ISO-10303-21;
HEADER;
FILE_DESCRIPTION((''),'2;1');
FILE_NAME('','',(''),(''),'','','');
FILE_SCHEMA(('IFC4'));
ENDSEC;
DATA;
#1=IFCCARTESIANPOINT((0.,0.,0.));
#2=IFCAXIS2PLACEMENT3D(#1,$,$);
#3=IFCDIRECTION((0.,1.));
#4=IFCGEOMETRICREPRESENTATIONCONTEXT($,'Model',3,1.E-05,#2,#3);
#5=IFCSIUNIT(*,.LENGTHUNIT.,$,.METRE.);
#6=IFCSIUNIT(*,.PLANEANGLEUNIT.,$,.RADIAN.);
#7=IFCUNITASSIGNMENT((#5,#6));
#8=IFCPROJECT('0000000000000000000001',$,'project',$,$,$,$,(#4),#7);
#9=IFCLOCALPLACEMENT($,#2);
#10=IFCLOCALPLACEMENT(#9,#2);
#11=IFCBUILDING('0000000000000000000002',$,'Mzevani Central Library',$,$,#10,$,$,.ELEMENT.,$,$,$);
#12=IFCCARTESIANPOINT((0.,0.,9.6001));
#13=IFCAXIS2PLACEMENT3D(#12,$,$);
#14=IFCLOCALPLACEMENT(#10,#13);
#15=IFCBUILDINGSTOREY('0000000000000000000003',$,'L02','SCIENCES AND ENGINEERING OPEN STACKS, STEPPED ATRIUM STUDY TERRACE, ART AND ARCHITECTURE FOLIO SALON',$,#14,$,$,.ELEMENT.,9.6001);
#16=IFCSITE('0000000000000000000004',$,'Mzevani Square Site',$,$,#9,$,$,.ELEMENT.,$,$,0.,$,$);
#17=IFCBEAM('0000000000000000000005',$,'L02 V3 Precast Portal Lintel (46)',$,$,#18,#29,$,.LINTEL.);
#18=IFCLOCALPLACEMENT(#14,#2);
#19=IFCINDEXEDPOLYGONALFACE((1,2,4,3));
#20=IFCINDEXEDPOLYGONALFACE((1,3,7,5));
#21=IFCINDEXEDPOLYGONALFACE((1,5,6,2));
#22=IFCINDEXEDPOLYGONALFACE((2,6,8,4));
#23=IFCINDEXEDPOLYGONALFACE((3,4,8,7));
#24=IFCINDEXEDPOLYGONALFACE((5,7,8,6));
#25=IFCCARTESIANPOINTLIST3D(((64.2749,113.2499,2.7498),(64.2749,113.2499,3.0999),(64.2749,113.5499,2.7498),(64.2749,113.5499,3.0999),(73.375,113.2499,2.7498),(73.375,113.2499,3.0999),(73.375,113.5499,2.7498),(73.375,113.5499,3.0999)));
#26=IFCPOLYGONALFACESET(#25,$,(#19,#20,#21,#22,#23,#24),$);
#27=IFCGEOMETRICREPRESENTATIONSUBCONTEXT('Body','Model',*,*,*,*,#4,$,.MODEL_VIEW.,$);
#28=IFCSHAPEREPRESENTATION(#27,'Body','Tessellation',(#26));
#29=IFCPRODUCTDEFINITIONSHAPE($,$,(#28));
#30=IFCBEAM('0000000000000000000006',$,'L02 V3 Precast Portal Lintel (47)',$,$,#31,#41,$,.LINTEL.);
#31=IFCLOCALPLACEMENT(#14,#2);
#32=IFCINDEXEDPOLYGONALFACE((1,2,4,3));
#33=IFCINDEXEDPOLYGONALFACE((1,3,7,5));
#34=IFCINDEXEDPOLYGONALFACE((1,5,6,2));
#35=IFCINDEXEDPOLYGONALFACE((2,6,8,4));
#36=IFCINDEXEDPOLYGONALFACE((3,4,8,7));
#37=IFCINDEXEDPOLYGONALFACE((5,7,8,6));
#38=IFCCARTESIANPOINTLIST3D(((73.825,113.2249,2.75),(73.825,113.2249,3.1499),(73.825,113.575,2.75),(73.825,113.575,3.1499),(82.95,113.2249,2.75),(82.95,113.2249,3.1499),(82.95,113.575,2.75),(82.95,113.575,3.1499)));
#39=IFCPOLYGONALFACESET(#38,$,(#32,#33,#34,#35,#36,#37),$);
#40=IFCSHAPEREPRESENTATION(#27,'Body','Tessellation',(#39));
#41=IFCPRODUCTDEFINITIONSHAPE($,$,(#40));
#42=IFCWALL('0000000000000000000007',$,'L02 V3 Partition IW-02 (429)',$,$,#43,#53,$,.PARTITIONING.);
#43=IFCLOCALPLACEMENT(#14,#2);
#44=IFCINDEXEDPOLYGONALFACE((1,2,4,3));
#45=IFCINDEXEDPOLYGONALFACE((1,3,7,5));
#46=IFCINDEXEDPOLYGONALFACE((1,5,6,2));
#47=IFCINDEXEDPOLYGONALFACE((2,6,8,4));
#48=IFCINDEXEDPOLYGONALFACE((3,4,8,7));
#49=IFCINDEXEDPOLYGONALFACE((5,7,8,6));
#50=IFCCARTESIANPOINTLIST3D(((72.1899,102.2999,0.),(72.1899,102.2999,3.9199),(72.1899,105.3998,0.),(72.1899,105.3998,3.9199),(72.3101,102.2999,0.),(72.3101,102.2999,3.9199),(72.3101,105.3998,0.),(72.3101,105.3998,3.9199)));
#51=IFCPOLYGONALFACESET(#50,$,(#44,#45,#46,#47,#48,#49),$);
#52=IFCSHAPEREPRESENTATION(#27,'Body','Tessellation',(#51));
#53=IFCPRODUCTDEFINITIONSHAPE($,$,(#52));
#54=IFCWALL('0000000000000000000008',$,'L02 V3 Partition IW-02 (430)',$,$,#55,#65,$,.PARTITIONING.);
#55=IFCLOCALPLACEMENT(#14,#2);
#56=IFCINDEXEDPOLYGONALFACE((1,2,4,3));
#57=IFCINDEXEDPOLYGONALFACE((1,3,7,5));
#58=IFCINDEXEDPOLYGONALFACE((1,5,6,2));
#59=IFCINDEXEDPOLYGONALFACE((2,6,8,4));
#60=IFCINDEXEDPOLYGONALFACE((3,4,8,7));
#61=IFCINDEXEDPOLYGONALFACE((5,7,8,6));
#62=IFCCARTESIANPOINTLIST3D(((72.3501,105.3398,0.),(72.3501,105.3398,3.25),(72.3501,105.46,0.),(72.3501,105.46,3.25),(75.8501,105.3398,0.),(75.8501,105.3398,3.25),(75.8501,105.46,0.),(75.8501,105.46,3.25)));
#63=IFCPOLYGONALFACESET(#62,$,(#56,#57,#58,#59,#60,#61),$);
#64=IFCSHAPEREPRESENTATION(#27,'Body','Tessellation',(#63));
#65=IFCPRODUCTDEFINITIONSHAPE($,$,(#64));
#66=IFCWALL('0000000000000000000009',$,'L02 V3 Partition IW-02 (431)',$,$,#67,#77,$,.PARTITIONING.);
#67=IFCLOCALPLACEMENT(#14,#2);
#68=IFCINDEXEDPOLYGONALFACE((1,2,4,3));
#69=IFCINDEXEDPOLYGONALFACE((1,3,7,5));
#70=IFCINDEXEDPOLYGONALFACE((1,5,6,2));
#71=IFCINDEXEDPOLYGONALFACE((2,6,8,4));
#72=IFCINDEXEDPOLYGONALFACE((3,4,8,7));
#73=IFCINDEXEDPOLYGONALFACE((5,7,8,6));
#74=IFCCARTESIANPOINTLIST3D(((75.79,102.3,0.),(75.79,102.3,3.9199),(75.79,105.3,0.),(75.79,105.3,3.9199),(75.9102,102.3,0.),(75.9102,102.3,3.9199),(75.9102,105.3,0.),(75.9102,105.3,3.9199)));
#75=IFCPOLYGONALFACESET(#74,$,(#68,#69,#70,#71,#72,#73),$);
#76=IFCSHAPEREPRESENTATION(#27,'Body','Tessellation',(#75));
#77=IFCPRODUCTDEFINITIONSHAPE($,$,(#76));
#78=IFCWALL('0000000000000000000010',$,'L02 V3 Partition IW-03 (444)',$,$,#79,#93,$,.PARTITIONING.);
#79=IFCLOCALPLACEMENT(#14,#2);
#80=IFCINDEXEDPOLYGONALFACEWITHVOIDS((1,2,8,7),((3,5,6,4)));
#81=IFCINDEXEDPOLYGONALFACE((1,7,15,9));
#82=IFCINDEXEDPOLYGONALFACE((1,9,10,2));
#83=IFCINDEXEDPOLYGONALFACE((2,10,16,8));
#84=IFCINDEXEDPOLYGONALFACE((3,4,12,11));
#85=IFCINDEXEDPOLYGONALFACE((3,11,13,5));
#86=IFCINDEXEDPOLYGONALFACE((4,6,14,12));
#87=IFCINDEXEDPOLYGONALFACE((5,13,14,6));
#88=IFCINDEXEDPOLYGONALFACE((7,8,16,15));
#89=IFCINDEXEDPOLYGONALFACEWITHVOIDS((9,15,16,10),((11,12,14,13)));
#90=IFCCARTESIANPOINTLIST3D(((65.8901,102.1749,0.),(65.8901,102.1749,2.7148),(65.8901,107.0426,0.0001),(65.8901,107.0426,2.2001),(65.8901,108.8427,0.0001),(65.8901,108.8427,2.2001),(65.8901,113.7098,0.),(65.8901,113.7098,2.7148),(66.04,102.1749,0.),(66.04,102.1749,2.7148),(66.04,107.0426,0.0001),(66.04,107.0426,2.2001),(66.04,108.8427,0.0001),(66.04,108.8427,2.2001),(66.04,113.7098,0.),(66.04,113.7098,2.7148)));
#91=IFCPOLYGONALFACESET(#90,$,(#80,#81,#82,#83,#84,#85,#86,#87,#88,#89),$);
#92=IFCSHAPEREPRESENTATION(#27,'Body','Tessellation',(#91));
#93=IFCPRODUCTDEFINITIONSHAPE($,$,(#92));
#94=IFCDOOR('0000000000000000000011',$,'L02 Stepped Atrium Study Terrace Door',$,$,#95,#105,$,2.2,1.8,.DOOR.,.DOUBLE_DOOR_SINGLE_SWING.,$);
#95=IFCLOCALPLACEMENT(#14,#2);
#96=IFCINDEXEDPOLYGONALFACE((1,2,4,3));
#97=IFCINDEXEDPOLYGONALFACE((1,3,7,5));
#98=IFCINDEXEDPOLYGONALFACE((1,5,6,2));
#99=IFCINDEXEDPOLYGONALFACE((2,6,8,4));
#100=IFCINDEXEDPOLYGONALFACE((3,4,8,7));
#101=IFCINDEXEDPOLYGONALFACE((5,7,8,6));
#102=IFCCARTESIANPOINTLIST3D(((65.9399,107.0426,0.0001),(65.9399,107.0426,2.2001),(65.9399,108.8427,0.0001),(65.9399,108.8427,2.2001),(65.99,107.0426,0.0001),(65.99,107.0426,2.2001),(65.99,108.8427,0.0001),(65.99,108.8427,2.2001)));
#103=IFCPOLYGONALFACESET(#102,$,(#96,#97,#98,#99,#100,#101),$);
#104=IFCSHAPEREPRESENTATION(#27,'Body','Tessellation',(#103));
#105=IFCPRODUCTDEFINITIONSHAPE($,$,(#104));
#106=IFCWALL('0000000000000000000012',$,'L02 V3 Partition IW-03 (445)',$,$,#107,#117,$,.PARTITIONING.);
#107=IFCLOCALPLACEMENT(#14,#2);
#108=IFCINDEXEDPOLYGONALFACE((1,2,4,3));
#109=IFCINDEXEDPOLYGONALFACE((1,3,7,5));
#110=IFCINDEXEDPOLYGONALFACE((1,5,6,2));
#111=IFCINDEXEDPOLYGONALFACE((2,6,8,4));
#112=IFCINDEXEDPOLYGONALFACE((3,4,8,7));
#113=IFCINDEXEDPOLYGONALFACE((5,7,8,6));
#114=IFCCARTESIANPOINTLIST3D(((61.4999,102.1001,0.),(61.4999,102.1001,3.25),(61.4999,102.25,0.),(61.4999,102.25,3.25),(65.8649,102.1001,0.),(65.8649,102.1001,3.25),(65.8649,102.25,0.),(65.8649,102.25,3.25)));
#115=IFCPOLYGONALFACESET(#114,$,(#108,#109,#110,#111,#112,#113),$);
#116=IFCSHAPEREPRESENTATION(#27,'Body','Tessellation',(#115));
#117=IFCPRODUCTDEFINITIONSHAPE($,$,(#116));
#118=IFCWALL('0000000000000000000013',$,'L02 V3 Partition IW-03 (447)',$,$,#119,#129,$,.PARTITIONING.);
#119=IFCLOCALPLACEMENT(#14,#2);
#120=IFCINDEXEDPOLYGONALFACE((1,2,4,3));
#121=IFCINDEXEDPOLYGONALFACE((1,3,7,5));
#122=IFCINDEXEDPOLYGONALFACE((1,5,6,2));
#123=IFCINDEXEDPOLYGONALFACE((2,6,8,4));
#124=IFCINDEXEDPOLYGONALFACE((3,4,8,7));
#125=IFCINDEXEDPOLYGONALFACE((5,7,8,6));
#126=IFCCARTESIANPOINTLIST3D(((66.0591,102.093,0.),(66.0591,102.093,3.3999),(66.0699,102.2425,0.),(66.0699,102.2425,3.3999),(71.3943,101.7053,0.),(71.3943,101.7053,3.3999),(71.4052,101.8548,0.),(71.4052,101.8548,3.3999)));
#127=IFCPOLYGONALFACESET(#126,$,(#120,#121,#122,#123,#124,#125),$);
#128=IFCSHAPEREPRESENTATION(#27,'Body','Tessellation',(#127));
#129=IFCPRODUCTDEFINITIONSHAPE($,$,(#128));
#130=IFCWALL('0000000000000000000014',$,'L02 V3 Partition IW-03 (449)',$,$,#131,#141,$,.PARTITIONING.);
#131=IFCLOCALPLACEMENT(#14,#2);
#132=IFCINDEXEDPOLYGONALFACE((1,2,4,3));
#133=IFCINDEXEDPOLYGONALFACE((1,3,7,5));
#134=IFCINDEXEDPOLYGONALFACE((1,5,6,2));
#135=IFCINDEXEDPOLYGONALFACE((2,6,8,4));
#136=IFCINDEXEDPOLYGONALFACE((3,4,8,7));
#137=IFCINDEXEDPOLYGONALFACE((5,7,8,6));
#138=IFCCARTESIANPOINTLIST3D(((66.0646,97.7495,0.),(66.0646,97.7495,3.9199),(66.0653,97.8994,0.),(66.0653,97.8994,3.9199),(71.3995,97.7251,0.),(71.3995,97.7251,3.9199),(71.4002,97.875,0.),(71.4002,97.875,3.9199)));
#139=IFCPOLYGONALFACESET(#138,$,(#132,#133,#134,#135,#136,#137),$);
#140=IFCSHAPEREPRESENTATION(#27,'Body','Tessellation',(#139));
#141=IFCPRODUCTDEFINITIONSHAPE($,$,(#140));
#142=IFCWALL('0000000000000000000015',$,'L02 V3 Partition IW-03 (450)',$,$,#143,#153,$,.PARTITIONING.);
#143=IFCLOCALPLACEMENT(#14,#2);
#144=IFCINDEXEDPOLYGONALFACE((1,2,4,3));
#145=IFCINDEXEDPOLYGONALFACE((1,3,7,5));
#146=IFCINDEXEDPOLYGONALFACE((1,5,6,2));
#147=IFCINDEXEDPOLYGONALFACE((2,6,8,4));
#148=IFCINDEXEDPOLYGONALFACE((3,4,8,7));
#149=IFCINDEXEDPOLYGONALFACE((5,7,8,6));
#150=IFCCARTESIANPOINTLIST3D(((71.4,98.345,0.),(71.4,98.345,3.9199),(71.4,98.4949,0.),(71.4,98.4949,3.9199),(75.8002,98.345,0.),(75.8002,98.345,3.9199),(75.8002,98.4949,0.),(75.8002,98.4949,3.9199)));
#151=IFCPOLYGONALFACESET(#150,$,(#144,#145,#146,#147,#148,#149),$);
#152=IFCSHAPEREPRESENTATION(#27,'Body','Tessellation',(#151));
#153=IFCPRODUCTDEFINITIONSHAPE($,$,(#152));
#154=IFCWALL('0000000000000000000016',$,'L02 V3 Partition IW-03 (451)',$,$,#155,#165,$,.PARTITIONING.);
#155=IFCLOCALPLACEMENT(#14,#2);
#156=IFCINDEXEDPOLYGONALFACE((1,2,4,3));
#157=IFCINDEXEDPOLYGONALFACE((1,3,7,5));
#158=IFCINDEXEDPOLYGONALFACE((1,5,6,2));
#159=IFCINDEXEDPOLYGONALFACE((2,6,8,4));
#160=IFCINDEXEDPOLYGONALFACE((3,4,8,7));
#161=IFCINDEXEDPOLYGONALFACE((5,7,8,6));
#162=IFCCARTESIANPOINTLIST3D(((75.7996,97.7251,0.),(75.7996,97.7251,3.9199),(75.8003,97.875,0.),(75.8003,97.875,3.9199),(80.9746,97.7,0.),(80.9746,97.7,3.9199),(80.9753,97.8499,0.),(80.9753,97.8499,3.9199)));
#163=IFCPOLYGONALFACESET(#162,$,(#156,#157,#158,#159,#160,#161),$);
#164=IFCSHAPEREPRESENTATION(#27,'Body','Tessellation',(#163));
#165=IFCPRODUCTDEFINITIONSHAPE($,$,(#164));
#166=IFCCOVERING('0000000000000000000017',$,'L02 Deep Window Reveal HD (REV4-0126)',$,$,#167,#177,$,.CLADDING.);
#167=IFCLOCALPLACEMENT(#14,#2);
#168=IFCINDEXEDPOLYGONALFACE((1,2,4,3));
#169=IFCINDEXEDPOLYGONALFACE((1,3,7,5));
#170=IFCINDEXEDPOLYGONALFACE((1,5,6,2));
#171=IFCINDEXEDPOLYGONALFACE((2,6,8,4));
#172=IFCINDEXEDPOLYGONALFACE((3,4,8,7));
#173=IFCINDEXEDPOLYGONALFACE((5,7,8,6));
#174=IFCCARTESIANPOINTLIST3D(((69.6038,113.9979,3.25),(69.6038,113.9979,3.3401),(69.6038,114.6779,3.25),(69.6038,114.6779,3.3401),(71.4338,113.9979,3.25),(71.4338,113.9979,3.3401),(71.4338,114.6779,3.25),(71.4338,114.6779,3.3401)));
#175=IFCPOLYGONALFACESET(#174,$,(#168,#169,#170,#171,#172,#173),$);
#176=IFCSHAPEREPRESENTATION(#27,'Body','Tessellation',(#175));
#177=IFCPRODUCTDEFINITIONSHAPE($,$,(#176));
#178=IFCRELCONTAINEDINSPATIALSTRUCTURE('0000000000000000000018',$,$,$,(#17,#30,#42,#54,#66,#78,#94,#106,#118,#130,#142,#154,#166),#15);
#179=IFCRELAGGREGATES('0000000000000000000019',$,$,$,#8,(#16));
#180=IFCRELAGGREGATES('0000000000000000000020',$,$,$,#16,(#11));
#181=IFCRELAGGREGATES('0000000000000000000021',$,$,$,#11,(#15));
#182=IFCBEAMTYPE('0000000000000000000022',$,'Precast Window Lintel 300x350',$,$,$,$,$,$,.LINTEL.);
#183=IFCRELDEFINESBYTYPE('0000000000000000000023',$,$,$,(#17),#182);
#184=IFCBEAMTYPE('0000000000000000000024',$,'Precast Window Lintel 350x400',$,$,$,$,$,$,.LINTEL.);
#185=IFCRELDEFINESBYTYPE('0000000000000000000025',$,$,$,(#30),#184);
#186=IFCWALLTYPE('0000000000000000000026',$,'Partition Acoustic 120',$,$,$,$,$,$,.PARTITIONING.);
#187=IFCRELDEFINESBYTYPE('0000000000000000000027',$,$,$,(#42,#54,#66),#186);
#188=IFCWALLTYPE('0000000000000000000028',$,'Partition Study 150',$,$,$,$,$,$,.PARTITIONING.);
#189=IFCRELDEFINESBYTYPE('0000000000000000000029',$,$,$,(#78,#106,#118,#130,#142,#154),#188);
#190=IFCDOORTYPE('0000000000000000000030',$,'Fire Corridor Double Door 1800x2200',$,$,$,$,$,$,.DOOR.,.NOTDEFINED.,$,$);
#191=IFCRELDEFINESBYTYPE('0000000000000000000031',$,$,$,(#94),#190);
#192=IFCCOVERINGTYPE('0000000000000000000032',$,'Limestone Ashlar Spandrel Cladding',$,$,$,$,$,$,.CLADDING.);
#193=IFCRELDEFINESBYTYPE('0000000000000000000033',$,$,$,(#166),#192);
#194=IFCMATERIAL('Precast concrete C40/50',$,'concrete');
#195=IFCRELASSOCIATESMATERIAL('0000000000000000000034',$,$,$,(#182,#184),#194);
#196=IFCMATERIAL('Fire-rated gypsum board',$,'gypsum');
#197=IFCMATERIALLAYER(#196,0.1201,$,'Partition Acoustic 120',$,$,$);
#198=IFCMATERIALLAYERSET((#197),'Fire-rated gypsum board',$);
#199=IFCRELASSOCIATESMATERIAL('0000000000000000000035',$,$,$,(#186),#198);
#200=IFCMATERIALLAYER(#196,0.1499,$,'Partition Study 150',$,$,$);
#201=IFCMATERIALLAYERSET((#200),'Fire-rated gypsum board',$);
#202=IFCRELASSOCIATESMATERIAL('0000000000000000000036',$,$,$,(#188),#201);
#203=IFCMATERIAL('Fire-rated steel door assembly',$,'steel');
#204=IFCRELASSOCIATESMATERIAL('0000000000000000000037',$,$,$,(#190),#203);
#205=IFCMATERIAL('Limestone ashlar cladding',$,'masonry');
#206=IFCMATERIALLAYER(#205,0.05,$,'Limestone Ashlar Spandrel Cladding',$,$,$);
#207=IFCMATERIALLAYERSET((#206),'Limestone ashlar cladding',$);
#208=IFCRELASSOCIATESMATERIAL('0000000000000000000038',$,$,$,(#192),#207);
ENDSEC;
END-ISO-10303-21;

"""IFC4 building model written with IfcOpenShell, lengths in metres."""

from ifc_helpers import new_model, si_unit, direction, frame, frame_2d, origin, origin_2d, place, context, subcontext, project, spatial, rectangle, extrude, material, layer, layer_set, material_profile, profile_set, type_object, element, fill, save


model = new_model("IFC4")

# Units and contexts
model_context = context("Model", 3, precision=1e-05, world=origin(), true_north=direction((0.0, 1.0)))
body_context = subcontext(model_context, "Body", "Model", "MODEL_VIEW")
ifc_project = project(units=[si_unit("LENGTHUNIT", "METRE"), si_unit("PLANEANGLEUNIT", "RADIAN")], contexts=[model_context])

# Site, building, storey
site_placement = place(None, origin())
site = spatial("IfcSite", under=ifc_project, at=site_placement, Name="Mzevani Square Site", CompositionType="ELEMENT", RefElevation=0.0)
building_placement = place(site_placement, origin())
building = spatial("IfcBuilding", under=site, at=building_placement, Name="Mzevani Central Library", CompositionType="ELEMENT")
storey_placement = place(building_placement, frame((0.0, 0.0, 9.6001)))
storey = spatial("IfcBuildingStorey", under=building, at=storey_placement, Name="L02", Description="SCIENCES AND ENGINEERING OPEN STACKS, STEPPED ATRIUM STUDY TERRACE, ART AND ARCHITECTURE FOLIO SALON", CompositionType="ELEMENT", Elevation=9.6001)

# Beams
ifc_material_1 = material(Name="Precast concrete C40/50", Category="concrete")
ifc_material_profile_1 = material_profile(ifc_material_1, rectangle(XDim=0.3, YDim=0.3501, at=origin_2d()), Name="PC LN300x350")
ifc_profile_set_1 = profile_set([ifc_material_profile_1], Name="Precast concrete C40/50")
beam_type_1 = type_object("IfcBeamType", Name="Precast Window Lintel 300x350", PredefinedType="LINTEL", material=ifc_profile_set_1)
beam_1_placement = place(storey_placement, frame((64.2749, 113.3999, 2.9248), z_axis=(1.0, 0.0, 0.0), x_axis=(0.0, 1.0, 0.0)))
element("IfcBeam", 1, at=beam_1_placement, inside=storey, type_object=beam_type_1, Name="L02 V3 Precast Portal Lintel (46)", PredefinedType="LINTEL", context=body_context, shape_type="SweptSolid", body=[
    extrude(rectangle(XDim=0.3, YDim=0.3501, at=origin_2d()), origin(), (0.0, 0.0, 1.0), 9.1001),
])
ifc_material_profile_2 = material_profile(ifc_material_1, rectangle(XDim=0.3501, YDim=0.3999, at=origin_2d()), Name="PC LN350x400")
ifc_profile_set_2 = profile_set([ifc_material_profile_2], Name="Precast concrete C40/50")
beam_type_2 = type_object("IfcBeamType", Name="Precast Window Lintel 350x400", PredefinedType="LINTEL", material=ifc_profile_set_2)
beam_2_placement = place(storey_placement, frame((73.825, 113.3999, 2.95), z_axis=(1.0, 0.0, 0.0), x_axis=(0.0, 1.0, 0.0)))
element("IfcBeam", 2, at=beam_2_placement, inside=storey, type_object=beam_type_2, Name="L02 V3 Precast Portal Lintel (47)", PredefinedType="LINTEL", context=body_context, shape_type="SweptSolid", body=[
    extrude(rectangle(XDim=0.3501, YDim=0.3999, at=origin_2d()), origin(), (0.0, 0.0, 1.0), 9.125),
])

# Shared definitions
ifc_material_2 = material(Name="Fire-rated gypsum board", Category="gypsum")
ifc_layer_1 = layer(ifc_material_2, 0.1201, Name="Partition Acoustic 120")
ifc_layer_set_1 = layer_set([ifc_layer_1], Name="Fire-rated gypsum board")
wall_type_1 = type_object("IfcWallType", Name="Partition Acoustic 120", PredefinedType="PARTITIONING", material=ifc_layer_set_1)

# Walls
wall_1_placement = place(storey_placement, frame((72.25, 102.3, 0.0), z_axis=(0.0, 0.0, 1.0), x_axis=(0.0, 1.0, 0.0)))
element("IfcWall", 3, at=wall_1_placement, inside=storey, type_object=wall_type_1, Name="L02 V3 Partition IW-02 (429)", PredefinedType="PARTITIONING", context=body_context, shape_type="SweptSolid", body=[
    extrude(rectangle(XDim=3.0999, YDim=0.1201, at=frame_2d((1.5498, 0.0))), origin(), (0.0, 0.0, 1.0), 3.9199),
])
wall_2_placement = place(storey_placement, frame((72.3501, 105.3999, 0.0), z_axis=(0.0, 0.0, 1.0), x_axis=(1.0, 0.0, 0.0)))
element("IfcWall", 4, at=wall_2_placement, inside=storey, type_object=wall_type_1, Name="L02 V3 Partition IW-02 (430)", PredefinedType="PARTITIONING", context=body_context, shape_type="SweptSolid", body=[
    extrude(rectangle(XDim=3.5, YDim=0.1201, at=frame_2d((1.75, 0.0))), origin(), (0.0, 0.0, 1.0), 3.25),
])
wall_3_placement = place(storey_placement, frame((75.8501, 105.3, 0.0), z_axis=(0.0, 0.0, 1.0), x_axis=(0.0, -1.0, 0.0)))
element("IfcWall", 5, at=wall_3_placement, inside=storey, type_object=wall_type_1, Name="L02 V3 Partition IW-02 (431)", PredefinedType="PARTITIONING", context=body_context, shape_type="SweptSolid", body=[
    extrude(rectangle(XDim=3.0, YDim=0.1201, at=frame_2d((1.5, 0.0))), origin(), (0.0, 0.0, 1.0), 3.9199),
])

# Wall, opening, door
ifc_layer_2 = layer(ifc_material_2, 0.1499, Name="Partition Study 150")
ifc_layer_set_2 = layer_set([ifc_layer_2], Name="Fire-rated gypsum board")
wall_type_2 = type_object("IfcWallType", Name="Partition Study 150", PredefinedType="PARTITIONING", material=ifc_layer_set_2)
wall_4_placement = place(storey_placement, frame((65.9651, 113.71, 0.0), z_axis=(0.0, 0.0, 1.0), x_axis=(0.0, -1.0, 0.0)))
wall_4 = element("IfcWall", 6, at=wall_4_placement, inside=storey, type_object=wall_type_2, Name="L02 V3 Partition IW-03 (444)", PredefinedType="PARTITIONING", context=body_context, shape_type="SweptSolid", body=[
    extrude(rectangle(XDim=11.5349, YDim=0.1499, at=frame_2d((5.7676, 0.0))), origin(), (0.0, 0.0, 1.0), 2.7148),
])
opening_1_placement = place(wall_4_placement, frame((4.8674, 0.0, 0.0)))
opening_1 = element("IfcOpeningElement", 7, at=opening_1_placement, cuts=wall_4, PredefinedType="OPENING", context=body_context, shape_type="SweptSolid", body=[
    extrude(rectangle(XDim=1.8, YDim=2.2, at=frame_2d((0.8999, 1.1001))), frame((0.0, 0.085, 0.0), z_axis=(0.0, -1.0, 0.0), x_axis=(1.0, 0.0, 0.0)), (0.0, 0.0, 1.0), 0.1699),
])
ifc_material_3 = material(Name="Fire-rated steel door assembly", Category="steel")
door_type_1 = type_object("IfcDoorType", Name="Fire Corridor Double Door 1800x2200", OperationType="NOTDEFINED", PredefinedType="DOOR", material=ifc_material_3)
door_1_placement = place(opening_1_placement, origin())
door_1 = element("IfcDoor", 8, at=door_1_placement, inside=storey, type_object=door_type_1, Name="L02 Stepped Atrium Study Terrace Door", OperationType="DOUBLE_DOOR_SINGLE_SWING", OverallHeight=2.2, OverallWidth=1.8, PredefinedType="DOOR", context=body_context, shape_type="SweptSolid", body=[
    extrude(rectangle(XDim=1.8, YDim=2.2, at=frame_2d((0.8999, 1.1001))), frame((0.0, 0.0249, 0.0), z_axis=(0.0, -1.0, 0.0), x_axis=(1.0, 0.0, 0.0)), (0.0, 0.0, 1.0), 0.05),
])
fill(opening_1, door_1)

# Walls
wall_5_placement = place(storey_placement, frame((65.865, 102.175, 0.0), z_axis=(0.0, 0.0, 1.0), x_axis=(-1.0, 0.0, 0.0)))
element("IfcWall", 9, at=wall_5_placement, inside=storey, type_object=wall_type_2, Name="L02 V3 Partition IW-03 (445)", PredefinedType="PARTITIONING", context=body_context, shape_type="SweptSolid", body=[
    extrude(rectangle(XDim=4.365, YDim=0.1499, at=frame_2d((2.1826, 0.0))), origin(), (0.0, 0.0, 1.0), 3.25),
])
wall_6_placement = place(storey_placement, frame((71.3999, 101.78, 0.0), z_axis=(0.0, 0.0, 1.0), x_axis=(-0.99737, 0.072476, 0.0)))
element("IfcWall", 10, at=wall_6_placement, inside=storey, type_object=wall_type_2, Name="L02 V3 Partition IW-03 (447)", PredefinedType="PARTITIONING", context=body_context, shape_type="SweptSolid", body=[
    extrude(rectangle(XDim=5.3494, YDim=0.1499, at=frame_2d((2.6748, 0.0))), origin(), (0.0, 0.0, 1.0), 3.3999),
])
wall_7_placement = place(storey_placement, frame((66.0649, 97.8245, 0.0), z_axis=(0.0, 0.0, 1.0), x_axis=(0.99999, -0.004576, 0.0)))
element("IfcWall", 11, at=wall_7_placement, inside=storey, type_object=wall_type_2, Name="L02 V3 Partition IW-03 (449)", PredefinedType="PARTITIONING", context=body_context, shape_type="SweptSolid", body=[
    extrude(rectangle(XDim=5.335, YDim=0.1499, at=frame_2d((2.6675, 0.0))), origin(), (0.0, 0.0, 1.0), 3.9199),
])
wall_8_placement = place(storey_placement, frame((71.3999, 98.4199, 0.0), z_axis=(0.0, 0.0, 1.0), x_axis=(1.0, 0.0, 0.0)))
element("IfcWall", 12, at=wall_8_placement, inside=storey, type_object=wall_type_2, Name="L02 V3 Partition IW-03 (450)", PredefinedType="PARTITIONING", context=body_context, shape_type="SweptSolid", body=[
    extrude(rectangle(XDim=4.4001, YDim=0.1499, at=frame_2d((2.2002, 0.0))), origin(), (0.0, 0.0, 1.0), 3.9199),
])
wall_9_placement = place(storey_placement, frame((75.8, 97.8, 0.0), z_axis=(0.0, 0.0, 1.0), x_axis=(0.999988, -0.004859, 0.0)))
element("IfcWall", 13, at=wall_9_placement, inside=storey, type_object=wall_type_2, Name="L02 V3 Partition IW-03 (451)", PredefinedType="PARTITIONING", context=body_context, shape_type="SweptSolid", body=[
    extrude(rectangle(XDim=5.175, YDim=0.1499, at=frame_2d((2.5874, 0.0))), origin(), (0.0, 0.0, 1.0), 3.9199),
])

# Covering
ifc_material_4 = material(Name="Limestone ashlar cladding", Category="masonry")
ifc_layer_3 = layer(ifc_material_4, 0.05, Name="Limestone Ashlar Spandrel Cladding")
ifc_layer_set_3 = layer_set([ifc_layer_3], Name="Limestone ashlar cladding")
covering_type = type_object("IfcCoveringType", Name="Limestone Ashlar Spandrel Cladding", PredefinedType="CLADDING", material=ifc_layer_set_3)
for number, where, z_axis, x_axis, name in (
    (14, (70.5188, 114.3379, 3.25), (0.0, 0.0, 1.0), (1.0, 0.0, 0.0), "L02 Deep Window Reveal HD (REV4-0126)"),
):
    element("IfcCovering", number, at=place(storey_placement, frame(where, z_axis=z_axis, x_axis=x_axis)), inside=storey, type_object=covering_type, Name=name, PredefinedType="CLADDING", context=body_context, shape_type="SweptSolid", body=[
        extrude(rectangle(XDim=1.8301, YDim=0.6799, at=origin_2d()), origin(), (0.0, 0.0, 1.0), 0.0901),
    ])

save(model, "model.ifc")
